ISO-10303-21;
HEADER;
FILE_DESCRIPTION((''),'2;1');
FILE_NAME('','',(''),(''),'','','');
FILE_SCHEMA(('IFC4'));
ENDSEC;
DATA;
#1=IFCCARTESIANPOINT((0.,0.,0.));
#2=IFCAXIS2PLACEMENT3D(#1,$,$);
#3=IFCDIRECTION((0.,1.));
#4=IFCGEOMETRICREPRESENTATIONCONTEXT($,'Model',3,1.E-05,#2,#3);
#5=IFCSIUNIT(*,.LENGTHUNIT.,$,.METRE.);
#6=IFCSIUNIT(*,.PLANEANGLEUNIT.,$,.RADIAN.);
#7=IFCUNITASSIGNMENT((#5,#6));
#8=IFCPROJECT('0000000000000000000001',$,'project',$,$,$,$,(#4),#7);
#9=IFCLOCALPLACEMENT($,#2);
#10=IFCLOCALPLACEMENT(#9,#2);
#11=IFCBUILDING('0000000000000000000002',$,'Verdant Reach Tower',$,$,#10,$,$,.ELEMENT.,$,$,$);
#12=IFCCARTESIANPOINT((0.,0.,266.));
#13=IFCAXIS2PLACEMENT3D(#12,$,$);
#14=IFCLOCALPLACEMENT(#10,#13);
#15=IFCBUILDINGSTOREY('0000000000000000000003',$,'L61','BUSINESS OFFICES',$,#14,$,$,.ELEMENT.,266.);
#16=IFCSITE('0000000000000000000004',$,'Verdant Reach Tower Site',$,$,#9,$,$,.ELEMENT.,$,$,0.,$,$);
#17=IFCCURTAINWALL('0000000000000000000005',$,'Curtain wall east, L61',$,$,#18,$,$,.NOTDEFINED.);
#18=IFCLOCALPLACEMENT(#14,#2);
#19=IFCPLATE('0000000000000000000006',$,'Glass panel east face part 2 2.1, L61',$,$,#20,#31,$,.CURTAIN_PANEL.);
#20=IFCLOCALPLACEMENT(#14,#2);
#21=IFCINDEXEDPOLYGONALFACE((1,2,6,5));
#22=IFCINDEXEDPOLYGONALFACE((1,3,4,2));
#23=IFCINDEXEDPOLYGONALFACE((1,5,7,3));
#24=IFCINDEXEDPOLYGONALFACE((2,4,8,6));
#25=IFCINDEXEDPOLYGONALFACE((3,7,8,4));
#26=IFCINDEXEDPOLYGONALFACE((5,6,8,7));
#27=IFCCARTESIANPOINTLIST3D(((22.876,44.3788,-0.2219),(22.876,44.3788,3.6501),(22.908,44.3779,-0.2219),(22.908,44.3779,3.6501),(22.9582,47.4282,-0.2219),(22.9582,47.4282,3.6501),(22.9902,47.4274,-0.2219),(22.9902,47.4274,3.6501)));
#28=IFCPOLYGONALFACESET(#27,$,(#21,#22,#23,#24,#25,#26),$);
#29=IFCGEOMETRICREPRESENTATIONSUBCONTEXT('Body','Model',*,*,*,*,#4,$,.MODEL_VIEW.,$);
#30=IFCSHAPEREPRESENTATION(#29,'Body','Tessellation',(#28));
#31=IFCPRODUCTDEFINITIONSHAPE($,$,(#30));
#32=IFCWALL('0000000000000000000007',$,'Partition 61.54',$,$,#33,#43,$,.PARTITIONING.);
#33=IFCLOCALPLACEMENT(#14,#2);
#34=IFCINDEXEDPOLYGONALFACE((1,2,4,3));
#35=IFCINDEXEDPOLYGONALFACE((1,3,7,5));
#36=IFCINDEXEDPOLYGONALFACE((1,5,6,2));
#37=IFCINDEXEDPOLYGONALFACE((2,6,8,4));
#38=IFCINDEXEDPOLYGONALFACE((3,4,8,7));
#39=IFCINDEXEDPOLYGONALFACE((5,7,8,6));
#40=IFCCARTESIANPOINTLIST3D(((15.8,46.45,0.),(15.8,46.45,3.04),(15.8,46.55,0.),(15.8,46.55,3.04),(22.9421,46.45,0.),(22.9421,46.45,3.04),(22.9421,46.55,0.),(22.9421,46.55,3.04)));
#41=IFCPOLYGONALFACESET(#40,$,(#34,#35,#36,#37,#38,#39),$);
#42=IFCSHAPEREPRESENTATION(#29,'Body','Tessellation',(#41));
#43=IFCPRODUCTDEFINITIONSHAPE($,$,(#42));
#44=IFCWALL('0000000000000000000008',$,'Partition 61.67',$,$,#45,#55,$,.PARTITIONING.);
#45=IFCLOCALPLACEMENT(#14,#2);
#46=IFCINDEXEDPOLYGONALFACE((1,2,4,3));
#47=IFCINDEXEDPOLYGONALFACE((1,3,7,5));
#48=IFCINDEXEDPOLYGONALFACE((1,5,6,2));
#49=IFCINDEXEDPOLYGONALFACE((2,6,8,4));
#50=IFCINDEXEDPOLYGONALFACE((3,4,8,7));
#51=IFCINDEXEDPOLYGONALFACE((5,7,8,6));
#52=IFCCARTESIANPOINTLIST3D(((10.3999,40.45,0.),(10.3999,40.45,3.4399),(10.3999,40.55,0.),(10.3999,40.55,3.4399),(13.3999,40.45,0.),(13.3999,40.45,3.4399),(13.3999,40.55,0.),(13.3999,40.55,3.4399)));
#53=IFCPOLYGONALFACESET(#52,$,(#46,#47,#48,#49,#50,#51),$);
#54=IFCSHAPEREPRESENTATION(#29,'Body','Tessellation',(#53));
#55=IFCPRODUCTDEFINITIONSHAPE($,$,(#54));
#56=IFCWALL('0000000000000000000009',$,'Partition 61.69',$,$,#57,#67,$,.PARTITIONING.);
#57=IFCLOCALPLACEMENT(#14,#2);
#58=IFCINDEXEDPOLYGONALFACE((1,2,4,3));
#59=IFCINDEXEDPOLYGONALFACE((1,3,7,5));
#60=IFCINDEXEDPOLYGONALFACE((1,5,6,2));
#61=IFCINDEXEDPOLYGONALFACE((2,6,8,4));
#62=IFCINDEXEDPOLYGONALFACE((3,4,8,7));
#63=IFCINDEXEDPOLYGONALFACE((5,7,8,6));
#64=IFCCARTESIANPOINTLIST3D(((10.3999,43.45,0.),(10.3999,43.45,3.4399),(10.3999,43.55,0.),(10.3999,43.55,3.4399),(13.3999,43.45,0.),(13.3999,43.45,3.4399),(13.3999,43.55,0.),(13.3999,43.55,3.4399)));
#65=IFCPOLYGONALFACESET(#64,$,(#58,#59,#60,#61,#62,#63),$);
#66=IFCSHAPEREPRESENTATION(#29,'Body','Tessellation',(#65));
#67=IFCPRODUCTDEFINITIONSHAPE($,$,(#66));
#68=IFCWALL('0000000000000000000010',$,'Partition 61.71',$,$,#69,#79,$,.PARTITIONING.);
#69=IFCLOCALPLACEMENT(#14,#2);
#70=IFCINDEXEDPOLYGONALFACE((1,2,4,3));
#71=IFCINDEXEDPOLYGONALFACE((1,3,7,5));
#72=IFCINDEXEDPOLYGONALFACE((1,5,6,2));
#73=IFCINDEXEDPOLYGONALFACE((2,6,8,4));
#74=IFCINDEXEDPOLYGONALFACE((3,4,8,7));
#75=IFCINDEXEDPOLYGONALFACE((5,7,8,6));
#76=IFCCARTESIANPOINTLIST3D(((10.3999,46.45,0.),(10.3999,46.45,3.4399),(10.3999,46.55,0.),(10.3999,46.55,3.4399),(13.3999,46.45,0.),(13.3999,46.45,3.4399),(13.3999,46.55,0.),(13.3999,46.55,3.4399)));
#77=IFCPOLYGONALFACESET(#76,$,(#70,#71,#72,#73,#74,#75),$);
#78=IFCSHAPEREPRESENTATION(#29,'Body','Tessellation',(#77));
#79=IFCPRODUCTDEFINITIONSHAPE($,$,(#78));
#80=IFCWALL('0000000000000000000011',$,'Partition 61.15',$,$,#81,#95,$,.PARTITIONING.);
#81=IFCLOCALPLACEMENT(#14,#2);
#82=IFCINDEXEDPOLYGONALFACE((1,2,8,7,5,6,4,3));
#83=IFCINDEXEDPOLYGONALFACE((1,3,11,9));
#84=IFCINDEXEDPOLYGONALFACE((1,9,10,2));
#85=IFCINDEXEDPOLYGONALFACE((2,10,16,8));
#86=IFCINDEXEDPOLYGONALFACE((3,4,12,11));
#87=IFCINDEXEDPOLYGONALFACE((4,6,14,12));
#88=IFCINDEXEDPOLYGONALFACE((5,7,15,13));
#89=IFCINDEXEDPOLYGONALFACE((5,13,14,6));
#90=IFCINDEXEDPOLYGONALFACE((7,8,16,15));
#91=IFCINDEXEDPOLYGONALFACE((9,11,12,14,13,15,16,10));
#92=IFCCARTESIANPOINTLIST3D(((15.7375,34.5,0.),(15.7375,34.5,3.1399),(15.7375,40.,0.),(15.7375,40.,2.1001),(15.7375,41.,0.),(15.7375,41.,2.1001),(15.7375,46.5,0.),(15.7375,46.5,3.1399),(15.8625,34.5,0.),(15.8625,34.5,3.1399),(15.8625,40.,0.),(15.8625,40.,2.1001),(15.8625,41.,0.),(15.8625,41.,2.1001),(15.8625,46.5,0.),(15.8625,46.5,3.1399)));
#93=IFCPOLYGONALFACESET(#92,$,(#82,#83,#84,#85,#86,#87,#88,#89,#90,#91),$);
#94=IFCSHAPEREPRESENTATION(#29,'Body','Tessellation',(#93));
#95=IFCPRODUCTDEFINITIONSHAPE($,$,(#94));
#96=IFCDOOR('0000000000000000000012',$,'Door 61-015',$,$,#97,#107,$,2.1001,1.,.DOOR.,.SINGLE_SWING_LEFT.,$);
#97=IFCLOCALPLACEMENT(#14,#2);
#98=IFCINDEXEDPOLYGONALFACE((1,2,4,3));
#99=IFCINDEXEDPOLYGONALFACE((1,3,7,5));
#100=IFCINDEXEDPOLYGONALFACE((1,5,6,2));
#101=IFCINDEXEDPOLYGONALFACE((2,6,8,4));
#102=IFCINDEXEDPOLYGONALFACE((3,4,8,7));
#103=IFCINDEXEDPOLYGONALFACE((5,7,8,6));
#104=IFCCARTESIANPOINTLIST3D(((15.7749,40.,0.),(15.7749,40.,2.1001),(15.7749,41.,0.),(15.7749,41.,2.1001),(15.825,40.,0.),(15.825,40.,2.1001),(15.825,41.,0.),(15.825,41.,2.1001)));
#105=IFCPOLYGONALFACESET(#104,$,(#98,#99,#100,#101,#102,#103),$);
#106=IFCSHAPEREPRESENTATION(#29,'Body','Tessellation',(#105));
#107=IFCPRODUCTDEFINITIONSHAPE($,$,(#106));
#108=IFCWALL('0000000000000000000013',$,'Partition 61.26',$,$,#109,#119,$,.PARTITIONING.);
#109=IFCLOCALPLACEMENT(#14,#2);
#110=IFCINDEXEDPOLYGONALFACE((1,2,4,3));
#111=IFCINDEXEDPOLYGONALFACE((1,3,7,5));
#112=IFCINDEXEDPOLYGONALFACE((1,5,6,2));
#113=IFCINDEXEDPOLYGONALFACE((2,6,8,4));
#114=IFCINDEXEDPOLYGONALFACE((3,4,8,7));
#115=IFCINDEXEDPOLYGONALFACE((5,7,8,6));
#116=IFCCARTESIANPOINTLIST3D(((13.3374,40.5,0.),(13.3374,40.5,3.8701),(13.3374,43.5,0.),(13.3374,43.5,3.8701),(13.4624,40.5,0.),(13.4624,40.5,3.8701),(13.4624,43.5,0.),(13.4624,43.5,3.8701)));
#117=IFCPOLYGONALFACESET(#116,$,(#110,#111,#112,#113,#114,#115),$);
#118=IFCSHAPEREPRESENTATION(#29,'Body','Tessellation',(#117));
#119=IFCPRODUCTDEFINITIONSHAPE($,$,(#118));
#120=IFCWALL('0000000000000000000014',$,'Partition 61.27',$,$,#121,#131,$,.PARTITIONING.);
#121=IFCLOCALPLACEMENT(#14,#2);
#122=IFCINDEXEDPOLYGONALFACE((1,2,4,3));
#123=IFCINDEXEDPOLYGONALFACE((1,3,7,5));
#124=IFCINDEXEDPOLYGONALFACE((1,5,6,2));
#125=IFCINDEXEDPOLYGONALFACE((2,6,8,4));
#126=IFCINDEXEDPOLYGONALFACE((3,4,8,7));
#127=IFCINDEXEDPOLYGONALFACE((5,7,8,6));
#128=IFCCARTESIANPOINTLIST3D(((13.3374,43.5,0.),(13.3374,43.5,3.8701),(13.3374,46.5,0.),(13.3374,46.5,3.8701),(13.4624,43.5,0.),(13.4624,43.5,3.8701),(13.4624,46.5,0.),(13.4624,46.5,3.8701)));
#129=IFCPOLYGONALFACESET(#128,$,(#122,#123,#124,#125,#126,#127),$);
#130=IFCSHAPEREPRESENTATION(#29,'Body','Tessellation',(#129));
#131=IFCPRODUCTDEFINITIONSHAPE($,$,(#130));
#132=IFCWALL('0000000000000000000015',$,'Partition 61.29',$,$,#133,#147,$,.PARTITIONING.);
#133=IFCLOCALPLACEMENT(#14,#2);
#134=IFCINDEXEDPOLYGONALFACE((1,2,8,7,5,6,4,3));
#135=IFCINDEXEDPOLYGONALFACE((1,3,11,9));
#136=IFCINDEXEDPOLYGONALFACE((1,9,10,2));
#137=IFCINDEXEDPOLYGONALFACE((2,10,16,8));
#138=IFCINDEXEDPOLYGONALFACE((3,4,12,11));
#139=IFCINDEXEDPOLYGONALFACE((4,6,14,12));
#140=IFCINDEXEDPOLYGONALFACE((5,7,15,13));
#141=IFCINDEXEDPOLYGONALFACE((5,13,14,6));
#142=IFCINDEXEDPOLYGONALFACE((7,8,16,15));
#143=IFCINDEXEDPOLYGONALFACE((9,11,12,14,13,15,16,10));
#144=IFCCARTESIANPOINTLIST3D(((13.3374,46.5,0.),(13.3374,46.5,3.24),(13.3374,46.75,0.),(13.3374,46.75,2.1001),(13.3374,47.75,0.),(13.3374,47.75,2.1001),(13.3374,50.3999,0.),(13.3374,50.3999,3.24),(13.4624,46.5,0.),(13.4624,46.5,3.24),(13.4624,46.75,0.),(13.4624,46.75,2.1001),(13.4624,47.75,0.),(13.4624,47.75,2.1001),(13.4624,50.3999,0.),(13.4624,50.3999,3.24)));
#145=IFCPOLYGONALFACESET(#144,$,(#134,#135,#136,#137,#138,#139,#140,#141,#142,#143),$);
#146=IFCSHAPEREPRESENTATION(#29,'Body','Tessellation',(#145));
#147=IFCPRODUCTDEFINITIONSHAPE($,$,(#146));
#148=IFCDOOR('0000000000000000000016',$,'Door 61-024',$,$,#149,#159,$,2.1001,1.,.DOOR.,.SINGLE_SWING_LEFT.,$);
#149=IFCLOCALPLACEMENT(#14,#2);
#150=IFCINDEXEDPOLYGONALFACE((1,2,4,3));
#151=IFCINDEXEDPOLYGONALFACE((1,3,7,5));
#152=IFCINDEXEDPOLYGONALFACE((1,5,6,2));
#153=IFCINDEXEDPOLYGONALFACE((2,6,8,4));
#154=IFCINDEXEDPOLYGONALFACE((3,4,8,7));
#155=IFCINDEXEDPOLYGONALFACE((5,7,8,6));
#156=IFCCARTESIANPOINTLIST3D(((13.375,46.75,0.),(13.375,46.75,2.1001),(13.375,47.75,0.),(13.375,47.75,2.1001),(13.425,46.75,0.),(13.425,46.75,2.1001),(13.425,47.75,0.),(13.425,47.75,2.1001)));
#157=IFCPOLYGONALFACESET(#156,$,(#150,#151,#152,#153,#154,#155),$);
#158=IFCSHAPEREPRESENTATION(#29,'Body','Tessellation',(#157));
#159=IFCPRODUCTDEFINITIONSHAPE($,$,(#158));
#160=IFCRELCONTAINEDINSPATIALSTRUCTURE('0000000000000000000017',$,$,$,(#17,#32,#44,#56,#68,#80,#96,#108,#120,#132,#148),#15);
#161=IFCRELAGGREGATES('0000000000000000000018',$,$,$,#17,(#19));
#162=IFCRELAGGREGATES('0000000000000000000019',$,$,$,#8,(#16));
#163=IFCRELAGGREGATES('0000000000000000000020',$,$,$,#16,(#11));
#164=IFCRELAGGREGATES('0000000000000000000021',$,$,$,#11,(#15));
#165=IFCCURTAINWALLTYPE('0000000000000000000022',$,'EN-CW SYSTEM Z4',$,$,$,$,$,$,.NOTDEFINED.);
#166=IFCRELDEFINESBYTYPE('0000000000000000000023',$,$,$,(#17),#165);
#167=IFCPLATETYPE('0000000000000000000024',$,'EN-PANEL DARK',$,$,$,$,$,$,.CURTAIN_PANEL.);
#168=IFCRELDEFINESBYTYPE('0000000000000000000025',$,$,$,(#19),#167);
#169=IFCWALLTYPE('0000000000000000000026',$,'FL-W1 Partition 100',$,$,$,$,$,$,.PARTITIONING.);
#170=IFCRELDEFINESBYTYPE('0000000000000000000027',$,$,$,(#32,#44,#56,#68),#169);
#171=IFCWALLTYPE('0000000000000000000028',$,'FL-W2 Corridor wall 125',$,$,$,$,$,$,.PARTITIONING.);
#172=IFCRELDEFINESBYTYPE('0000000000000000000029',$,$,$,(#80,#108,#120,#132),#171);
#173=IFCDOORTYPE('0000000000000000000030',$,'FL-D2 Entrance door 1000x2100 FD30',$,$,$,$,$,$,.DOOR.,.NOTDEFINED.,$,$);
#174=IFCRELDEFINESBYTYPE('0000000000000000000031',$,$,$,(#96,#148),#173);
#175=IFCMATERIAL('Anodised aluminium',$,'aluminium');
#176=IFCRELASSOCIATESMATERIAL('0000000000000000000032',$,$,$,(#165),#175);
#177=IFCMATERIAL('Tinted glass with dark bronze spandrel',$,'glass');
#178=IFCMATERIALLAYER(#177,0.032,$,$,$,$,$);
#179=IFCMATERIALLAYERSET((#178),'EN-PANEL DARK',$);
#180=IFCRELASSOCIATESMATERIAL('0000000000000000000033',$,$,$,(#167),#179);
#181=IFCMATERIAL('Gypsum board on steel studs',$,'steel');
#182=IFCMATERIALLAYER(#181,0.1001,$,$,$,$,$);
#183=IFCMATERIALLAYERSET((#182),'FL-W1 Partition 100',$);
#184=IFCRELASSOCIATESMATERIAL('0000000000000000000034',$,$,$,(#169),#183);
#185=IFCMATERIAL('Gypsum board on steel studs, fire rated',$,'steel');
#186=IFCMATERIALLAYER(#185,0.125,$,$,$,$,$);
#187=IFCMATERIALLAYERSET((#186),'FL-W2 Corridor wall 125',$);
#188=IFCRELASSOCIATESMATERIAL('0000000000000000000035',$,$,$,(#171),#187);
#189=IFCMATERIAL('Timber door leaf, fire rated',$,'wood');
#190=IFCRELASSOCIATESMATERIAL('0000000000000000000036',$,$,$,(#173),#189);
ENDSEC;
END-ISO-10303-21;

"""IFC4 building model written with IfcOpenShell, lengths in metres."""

from ifc_helpers import new_model, si_unit, direction, frame, frame_2d, origin, origin_2d, place, context, subcontext, project, spatial, rectangle, extrude, material, layer, layer_set, type_object, element, fill, aggregate, save


model = new_model("IFC4")

# Units and contexts
model_context = context("Model", 3, precision=1e-05, world=origin(), true_north=direction((0.0, 1.0)))
body_context = subcontext(model_context, "Body", "Model", "MODEL_VIEW")
ifc_project = project(units=[si_unit("LENGTHUNIT", "METRE"), si_unit("PLANEANGLEUNIT", "RADIAN")], contexts=[model_context])

# Site, building, storey
site_placement = place(None, origin())
site = spatial("IfcSite", under=ifc_project, at=site_placement, Name="Verdant Reach Tower Site", CompositionType="ELEMENT", RefElevation=0.0)
building_placement = place(site_placement, origin())
building = spatial("IfcBuilding", under=site, at=building_placement, Name="Verdant Reach Tower", CompositionType="ELEMENT")
storey_placement = place(building_placement, frame((0.0, 0.0, 266.0)))
storey = spatial("IfcBuildingStorey", under=building, at=storey_placement, Name="L61", Description="BUSINESS OFFICES", CompositionType="ELEMENT", Elevation=266.0)

# Curtain wall
ifc_material_1 = material(Name="Anodised aluminium", Category="aluminium")
curtain_wall_type = type_object("IfcCurtainWallType", Name="EN-CW SYSTEM Z4", PredefinedType="NOTDEFINED", material=ifc_material_1)
curtain_wall_placement = place(storey_placement, origin())
curtain_wall = element("IfcCurtainWall", 1, at=curtain_wall_placement, inside=storey, type_object=curtain_wall_type, Name="Curtain wall east, L61", PredefinedType="NOTDEFINED")

# Plate
ifc_material_2 = material(Name="Tinted glass with dark bronze spandrel", Category="glass")
ifc_layer_1 = layer(ifc_material_2, 0.032)
ifc_layer_set_1 = layer_set([ifc_layer_1], Name="EN-PANEL DARK")
plate_type_1 = type_object("IfcPlateType", Name="EN-PANEL DARK", PredefinedType="CURTAIN_PANEL", material=ifc_layer_set_1)
plate_1_placement = place(storey_placement, frame((22.9331, 45.9031, -0.2219), z_axis=(0.0, 0.0, 1.0), x_axis=(0.026965, 0.999636, 0.0)))
plate_1 = element("IfcPlate", 2, at=plate_1_placement, type_object=plate_type_1, Name="Glass panel east face part 2 2.1, L61", PredefinedType="CURTAIN_PANEL", context=body_context, shape_type="SweptSolid", body=[
    extrude(rectangle(XDim=3.0505, YDim=0.032, at=origin_2d()), origin(), (0.0, 0.0, 1.0), 3.8721),
])
aggregate(curtain_wall, [plate_1])

# Walls
ifc_material_3 = material(Name="Gypsum board on steel studs", Category="steel")
ifc_layer_2 = layer(ifc_material_3, 0.1001)
ifc_layer_set_2 = layer_set([ifc_layer_2], Name="FL-W1 Partition 100")
wall_type_1 = type_object("IfcWallType", Name="FL-W1 Partition 100", PredefinedType="PARTITIONING", material=ifc_layer_set_2)
wall_1_placement = place(storey_placement, frame((22.9421, 46.5, 0.0), z_axis=(0.0, 0.0, 1.0), x_axis=(-1.0, 0.0, 0.0)))
element("IfcWall", 3, at=wall_1_placement, inside=storey, type_object=wall_type_1, Name="Partition 61.54", PredefinedType="PARTITIONING", context=body_context, shape_type="SweptSolid", body=[
    extrude(rectangle(XDim=7.1421, YDim=0.1001, at=frame_2d((3.571, 0.0))), origin(), (0.0, 0.0, 1.0), 3.04),
])
for number, where, z_axis, x_axis, name in (
    (4, (13.3999, 40.5, 0.0), (0.0, 0.0, 1.0), (-1.0, 0.0, 0.0), "Partition 61.67"),
    (5, (13.3999, 43.5, 0.0), (0.0, 0.0, 1.0), (-1.0, 0.0, 0.0), "Partition 61.69"),
    (6, (13.3999, 46.5, 0.0), (0.0, 0.0, 1.0), (-1.0, 0.0, 0.0), "Partition 61.71"),
):
    element("IfcWall", number, at=place(storey_placement, frame(where, z_axis=z_axis, x_axis=x_axis)), inside=storey, type_object=wall_type_1, Name=name, PredefinedType="PARTITIONING", context=body_context, shape_type="SweptSolid", body=[
        extrude(rectangle(XDim=3.0, YDim=0.1001, at=frame_2d((1.5, 0.0))), origin(), (0.0, 0.0, 1.0), 3.4399),
    ])

# Wall, opening, door
ifc_material_4 = material(Name="Gypsum board on steel studs, fire rated", Category="steel")
ifc_layer_3 = layer(ifc_material_4, 0.125)
ifc_layer_set_3 = layer_set([ifc_layer_3], Name="FL-W2 Corridor wall 125")
wall_type_2 = type_object("IfcWallType", Name="FL-W2 Corridor wall 125", PredefinedType="PARTITIONING", material=ifc_layer_set_3)
wall_2_placement = place(storey_placement, frame((15.8, 46.5, 0.0), z_axis=(0.0, 0.0, 1.0), x_axis=(0.0, -1.0, 0.0)))
wall_2 = element("IfcWall", 7, at=wall_2_placement, inside=storey, type_object=wall_type_2, Name="Partition 61.15", PredefinedType="PARTITIONING", context=body_context, shape_type="SweptSolid", body=[
    extrude(rectangle(XDim=12.0, YDim=0.125, at=frame_2d((6.0, 0.0))), origin(), (0.0, 0.0, 1.0), 3.1399),
])
opening_1_placement = place(wall_2_placement, frame((5.5, 0.0, 0.0)))
opening_1 = element("IfcOpeningElement", 8, at=opening_1_placement, cuts=wall_2, PredefinedType="OPENING", context=body_context, shape_type="SweptSolid", body=[
    extrude(rectangle(XDim=1.0, YDim=2.1001, at=frame_2d((0.5, 1.05))), frame((0.0, 0.0725, 0.0), z_axis=(0.0, -1.0, 0.0), x_axis=(1.0, 0.0, 0.0)), (0.0, 0.0, 1.0), 0.145),
])
ifc_material_5 = material(Name="Timber door leaf, fire rated", Category="wood")
door_type = type_object("IfcDoorType", Name="FL-D2 Entrance door 1000x2100 FD30", OperationType="NOTDEFINED", PredefinedType="DOOR", material=ifc_material_5)
door_1_placement = place(opening_1_placement, origin())
door_1 = element("IfcDoor", 9, at=door_1_placement, inside=storey, type_object=door_type, Name="Door 61-015", OperationType="SINGLE_SWING_LEFT", OverallHeight=2.1001, OverallWidth=1.0, PredefinedType="DOOR", context=body_context, shape_type="SweptSolid", body=[
    extrude(rectangle(XDim=1.0, YDim=2.1001, at=frame_2d((0.5, 1.05))), frame((0.0, 0.0249, 0.0), z_axis=(0.0, -1.0, 0.0), x_axis=(1.0, 0.0, 0.0)), (0.0, 0.0, 1.0), 0.05),
])
fill(opening_1, door_1)

# Walls
for number, where, z_axis, x_axis, name in (
    (10, (13.3999, 40.5, 0.0), (0.0, 0.0, 1.0), (0.0, 1.0, 0.0), "Partition 61.26"),
    (11, (13.3999, 43.5, 0.0), (0.0, 0.0, 1.0), (0.0, 1.0, 0.0), "Partition 61.27"),
):
    element("IfcWall", number, at=place(storey_placement, frame(where, z_axis=z_axis, x_axis=x_axis)), inside=storey, type_object=wall_type_2, Name=name, PredefinedType="PARTITIONING", context=body_context, shape_type="SweptSolid", body=[
        extrude(rectangle(XDim=3.0, YDim=0.125, at=frame_2d((1.5, 0.0))), origin(), (0.0, 0.0, 1.0), 3.8701),
    ])

# Wall, opening, door
wall_3_placement = place(storey_placement, frame((13.3999, 46.5, 0.0), z_axis=(0.0, 0.0, 1.0), x_axis=(0.0, 1.0, 0.0)))
wall_3 = element("IfcWall", 12, at=wall_3_placement, inside=storey, type_object=wall_type_2, Name="Partition 61.29", PredefinedType="PARTITIONING", context=body_context, shape_type="SweptSolid", body=[
    extrude(rectangle(XDim=3.8999, YDim=0.125, at=frame_2d((1.95, 0.0))), origin(), (0.0, 0.0, 1.0), 3.24),
])
opening_2_placement = place(wall_3_placement, frame((0.25, 0.0, 0.0)))
opening_2 = element("IfcOpeningElement", 13, at=opening_2_placement, cuts=wall_3, PredefinedType="OPENING", context=body_context, shape_type="SweptSolid", body=[
    extrude(rectangle(XDim=1.0, YDim=2.1001, at=frame_2d((0.5, 1.05))), frame((0.0, 0.0725, 0.0), z_axis=(0.0, -1.0, 0.0), x_axis=(1.0, 0.0, 0.0)), (0.0, 0.0, 1.0), 0.145),
])
door_2_placement = place(opening_2_placement, origin())
door_2 = element("IfcDoor", 14, at=door_2_placement, inside=storey, type_object=door_type, Name="Door 61-024", OperationType="SINGLE_SWING_LEFT", OverallHeight=2.1001, OverallWidth=1.0, PredefinedType="DOOR", context=body_context, shape_type="SweptSolid", body=[
    extrude(rectangle(XDim=1.0, YDim=2.1001, at=frame_2d((0.5, 1.05))), frame((0.0, 0.0249, 0.0), z_axis=(0.0, -1.0, 0.0), x_axis=(1.0, 0.0, 0.0)), (0.0, 0.0, 1.0), 0.05),
])
fill(opening_2, door_2)

save(model, "model.ifc")
